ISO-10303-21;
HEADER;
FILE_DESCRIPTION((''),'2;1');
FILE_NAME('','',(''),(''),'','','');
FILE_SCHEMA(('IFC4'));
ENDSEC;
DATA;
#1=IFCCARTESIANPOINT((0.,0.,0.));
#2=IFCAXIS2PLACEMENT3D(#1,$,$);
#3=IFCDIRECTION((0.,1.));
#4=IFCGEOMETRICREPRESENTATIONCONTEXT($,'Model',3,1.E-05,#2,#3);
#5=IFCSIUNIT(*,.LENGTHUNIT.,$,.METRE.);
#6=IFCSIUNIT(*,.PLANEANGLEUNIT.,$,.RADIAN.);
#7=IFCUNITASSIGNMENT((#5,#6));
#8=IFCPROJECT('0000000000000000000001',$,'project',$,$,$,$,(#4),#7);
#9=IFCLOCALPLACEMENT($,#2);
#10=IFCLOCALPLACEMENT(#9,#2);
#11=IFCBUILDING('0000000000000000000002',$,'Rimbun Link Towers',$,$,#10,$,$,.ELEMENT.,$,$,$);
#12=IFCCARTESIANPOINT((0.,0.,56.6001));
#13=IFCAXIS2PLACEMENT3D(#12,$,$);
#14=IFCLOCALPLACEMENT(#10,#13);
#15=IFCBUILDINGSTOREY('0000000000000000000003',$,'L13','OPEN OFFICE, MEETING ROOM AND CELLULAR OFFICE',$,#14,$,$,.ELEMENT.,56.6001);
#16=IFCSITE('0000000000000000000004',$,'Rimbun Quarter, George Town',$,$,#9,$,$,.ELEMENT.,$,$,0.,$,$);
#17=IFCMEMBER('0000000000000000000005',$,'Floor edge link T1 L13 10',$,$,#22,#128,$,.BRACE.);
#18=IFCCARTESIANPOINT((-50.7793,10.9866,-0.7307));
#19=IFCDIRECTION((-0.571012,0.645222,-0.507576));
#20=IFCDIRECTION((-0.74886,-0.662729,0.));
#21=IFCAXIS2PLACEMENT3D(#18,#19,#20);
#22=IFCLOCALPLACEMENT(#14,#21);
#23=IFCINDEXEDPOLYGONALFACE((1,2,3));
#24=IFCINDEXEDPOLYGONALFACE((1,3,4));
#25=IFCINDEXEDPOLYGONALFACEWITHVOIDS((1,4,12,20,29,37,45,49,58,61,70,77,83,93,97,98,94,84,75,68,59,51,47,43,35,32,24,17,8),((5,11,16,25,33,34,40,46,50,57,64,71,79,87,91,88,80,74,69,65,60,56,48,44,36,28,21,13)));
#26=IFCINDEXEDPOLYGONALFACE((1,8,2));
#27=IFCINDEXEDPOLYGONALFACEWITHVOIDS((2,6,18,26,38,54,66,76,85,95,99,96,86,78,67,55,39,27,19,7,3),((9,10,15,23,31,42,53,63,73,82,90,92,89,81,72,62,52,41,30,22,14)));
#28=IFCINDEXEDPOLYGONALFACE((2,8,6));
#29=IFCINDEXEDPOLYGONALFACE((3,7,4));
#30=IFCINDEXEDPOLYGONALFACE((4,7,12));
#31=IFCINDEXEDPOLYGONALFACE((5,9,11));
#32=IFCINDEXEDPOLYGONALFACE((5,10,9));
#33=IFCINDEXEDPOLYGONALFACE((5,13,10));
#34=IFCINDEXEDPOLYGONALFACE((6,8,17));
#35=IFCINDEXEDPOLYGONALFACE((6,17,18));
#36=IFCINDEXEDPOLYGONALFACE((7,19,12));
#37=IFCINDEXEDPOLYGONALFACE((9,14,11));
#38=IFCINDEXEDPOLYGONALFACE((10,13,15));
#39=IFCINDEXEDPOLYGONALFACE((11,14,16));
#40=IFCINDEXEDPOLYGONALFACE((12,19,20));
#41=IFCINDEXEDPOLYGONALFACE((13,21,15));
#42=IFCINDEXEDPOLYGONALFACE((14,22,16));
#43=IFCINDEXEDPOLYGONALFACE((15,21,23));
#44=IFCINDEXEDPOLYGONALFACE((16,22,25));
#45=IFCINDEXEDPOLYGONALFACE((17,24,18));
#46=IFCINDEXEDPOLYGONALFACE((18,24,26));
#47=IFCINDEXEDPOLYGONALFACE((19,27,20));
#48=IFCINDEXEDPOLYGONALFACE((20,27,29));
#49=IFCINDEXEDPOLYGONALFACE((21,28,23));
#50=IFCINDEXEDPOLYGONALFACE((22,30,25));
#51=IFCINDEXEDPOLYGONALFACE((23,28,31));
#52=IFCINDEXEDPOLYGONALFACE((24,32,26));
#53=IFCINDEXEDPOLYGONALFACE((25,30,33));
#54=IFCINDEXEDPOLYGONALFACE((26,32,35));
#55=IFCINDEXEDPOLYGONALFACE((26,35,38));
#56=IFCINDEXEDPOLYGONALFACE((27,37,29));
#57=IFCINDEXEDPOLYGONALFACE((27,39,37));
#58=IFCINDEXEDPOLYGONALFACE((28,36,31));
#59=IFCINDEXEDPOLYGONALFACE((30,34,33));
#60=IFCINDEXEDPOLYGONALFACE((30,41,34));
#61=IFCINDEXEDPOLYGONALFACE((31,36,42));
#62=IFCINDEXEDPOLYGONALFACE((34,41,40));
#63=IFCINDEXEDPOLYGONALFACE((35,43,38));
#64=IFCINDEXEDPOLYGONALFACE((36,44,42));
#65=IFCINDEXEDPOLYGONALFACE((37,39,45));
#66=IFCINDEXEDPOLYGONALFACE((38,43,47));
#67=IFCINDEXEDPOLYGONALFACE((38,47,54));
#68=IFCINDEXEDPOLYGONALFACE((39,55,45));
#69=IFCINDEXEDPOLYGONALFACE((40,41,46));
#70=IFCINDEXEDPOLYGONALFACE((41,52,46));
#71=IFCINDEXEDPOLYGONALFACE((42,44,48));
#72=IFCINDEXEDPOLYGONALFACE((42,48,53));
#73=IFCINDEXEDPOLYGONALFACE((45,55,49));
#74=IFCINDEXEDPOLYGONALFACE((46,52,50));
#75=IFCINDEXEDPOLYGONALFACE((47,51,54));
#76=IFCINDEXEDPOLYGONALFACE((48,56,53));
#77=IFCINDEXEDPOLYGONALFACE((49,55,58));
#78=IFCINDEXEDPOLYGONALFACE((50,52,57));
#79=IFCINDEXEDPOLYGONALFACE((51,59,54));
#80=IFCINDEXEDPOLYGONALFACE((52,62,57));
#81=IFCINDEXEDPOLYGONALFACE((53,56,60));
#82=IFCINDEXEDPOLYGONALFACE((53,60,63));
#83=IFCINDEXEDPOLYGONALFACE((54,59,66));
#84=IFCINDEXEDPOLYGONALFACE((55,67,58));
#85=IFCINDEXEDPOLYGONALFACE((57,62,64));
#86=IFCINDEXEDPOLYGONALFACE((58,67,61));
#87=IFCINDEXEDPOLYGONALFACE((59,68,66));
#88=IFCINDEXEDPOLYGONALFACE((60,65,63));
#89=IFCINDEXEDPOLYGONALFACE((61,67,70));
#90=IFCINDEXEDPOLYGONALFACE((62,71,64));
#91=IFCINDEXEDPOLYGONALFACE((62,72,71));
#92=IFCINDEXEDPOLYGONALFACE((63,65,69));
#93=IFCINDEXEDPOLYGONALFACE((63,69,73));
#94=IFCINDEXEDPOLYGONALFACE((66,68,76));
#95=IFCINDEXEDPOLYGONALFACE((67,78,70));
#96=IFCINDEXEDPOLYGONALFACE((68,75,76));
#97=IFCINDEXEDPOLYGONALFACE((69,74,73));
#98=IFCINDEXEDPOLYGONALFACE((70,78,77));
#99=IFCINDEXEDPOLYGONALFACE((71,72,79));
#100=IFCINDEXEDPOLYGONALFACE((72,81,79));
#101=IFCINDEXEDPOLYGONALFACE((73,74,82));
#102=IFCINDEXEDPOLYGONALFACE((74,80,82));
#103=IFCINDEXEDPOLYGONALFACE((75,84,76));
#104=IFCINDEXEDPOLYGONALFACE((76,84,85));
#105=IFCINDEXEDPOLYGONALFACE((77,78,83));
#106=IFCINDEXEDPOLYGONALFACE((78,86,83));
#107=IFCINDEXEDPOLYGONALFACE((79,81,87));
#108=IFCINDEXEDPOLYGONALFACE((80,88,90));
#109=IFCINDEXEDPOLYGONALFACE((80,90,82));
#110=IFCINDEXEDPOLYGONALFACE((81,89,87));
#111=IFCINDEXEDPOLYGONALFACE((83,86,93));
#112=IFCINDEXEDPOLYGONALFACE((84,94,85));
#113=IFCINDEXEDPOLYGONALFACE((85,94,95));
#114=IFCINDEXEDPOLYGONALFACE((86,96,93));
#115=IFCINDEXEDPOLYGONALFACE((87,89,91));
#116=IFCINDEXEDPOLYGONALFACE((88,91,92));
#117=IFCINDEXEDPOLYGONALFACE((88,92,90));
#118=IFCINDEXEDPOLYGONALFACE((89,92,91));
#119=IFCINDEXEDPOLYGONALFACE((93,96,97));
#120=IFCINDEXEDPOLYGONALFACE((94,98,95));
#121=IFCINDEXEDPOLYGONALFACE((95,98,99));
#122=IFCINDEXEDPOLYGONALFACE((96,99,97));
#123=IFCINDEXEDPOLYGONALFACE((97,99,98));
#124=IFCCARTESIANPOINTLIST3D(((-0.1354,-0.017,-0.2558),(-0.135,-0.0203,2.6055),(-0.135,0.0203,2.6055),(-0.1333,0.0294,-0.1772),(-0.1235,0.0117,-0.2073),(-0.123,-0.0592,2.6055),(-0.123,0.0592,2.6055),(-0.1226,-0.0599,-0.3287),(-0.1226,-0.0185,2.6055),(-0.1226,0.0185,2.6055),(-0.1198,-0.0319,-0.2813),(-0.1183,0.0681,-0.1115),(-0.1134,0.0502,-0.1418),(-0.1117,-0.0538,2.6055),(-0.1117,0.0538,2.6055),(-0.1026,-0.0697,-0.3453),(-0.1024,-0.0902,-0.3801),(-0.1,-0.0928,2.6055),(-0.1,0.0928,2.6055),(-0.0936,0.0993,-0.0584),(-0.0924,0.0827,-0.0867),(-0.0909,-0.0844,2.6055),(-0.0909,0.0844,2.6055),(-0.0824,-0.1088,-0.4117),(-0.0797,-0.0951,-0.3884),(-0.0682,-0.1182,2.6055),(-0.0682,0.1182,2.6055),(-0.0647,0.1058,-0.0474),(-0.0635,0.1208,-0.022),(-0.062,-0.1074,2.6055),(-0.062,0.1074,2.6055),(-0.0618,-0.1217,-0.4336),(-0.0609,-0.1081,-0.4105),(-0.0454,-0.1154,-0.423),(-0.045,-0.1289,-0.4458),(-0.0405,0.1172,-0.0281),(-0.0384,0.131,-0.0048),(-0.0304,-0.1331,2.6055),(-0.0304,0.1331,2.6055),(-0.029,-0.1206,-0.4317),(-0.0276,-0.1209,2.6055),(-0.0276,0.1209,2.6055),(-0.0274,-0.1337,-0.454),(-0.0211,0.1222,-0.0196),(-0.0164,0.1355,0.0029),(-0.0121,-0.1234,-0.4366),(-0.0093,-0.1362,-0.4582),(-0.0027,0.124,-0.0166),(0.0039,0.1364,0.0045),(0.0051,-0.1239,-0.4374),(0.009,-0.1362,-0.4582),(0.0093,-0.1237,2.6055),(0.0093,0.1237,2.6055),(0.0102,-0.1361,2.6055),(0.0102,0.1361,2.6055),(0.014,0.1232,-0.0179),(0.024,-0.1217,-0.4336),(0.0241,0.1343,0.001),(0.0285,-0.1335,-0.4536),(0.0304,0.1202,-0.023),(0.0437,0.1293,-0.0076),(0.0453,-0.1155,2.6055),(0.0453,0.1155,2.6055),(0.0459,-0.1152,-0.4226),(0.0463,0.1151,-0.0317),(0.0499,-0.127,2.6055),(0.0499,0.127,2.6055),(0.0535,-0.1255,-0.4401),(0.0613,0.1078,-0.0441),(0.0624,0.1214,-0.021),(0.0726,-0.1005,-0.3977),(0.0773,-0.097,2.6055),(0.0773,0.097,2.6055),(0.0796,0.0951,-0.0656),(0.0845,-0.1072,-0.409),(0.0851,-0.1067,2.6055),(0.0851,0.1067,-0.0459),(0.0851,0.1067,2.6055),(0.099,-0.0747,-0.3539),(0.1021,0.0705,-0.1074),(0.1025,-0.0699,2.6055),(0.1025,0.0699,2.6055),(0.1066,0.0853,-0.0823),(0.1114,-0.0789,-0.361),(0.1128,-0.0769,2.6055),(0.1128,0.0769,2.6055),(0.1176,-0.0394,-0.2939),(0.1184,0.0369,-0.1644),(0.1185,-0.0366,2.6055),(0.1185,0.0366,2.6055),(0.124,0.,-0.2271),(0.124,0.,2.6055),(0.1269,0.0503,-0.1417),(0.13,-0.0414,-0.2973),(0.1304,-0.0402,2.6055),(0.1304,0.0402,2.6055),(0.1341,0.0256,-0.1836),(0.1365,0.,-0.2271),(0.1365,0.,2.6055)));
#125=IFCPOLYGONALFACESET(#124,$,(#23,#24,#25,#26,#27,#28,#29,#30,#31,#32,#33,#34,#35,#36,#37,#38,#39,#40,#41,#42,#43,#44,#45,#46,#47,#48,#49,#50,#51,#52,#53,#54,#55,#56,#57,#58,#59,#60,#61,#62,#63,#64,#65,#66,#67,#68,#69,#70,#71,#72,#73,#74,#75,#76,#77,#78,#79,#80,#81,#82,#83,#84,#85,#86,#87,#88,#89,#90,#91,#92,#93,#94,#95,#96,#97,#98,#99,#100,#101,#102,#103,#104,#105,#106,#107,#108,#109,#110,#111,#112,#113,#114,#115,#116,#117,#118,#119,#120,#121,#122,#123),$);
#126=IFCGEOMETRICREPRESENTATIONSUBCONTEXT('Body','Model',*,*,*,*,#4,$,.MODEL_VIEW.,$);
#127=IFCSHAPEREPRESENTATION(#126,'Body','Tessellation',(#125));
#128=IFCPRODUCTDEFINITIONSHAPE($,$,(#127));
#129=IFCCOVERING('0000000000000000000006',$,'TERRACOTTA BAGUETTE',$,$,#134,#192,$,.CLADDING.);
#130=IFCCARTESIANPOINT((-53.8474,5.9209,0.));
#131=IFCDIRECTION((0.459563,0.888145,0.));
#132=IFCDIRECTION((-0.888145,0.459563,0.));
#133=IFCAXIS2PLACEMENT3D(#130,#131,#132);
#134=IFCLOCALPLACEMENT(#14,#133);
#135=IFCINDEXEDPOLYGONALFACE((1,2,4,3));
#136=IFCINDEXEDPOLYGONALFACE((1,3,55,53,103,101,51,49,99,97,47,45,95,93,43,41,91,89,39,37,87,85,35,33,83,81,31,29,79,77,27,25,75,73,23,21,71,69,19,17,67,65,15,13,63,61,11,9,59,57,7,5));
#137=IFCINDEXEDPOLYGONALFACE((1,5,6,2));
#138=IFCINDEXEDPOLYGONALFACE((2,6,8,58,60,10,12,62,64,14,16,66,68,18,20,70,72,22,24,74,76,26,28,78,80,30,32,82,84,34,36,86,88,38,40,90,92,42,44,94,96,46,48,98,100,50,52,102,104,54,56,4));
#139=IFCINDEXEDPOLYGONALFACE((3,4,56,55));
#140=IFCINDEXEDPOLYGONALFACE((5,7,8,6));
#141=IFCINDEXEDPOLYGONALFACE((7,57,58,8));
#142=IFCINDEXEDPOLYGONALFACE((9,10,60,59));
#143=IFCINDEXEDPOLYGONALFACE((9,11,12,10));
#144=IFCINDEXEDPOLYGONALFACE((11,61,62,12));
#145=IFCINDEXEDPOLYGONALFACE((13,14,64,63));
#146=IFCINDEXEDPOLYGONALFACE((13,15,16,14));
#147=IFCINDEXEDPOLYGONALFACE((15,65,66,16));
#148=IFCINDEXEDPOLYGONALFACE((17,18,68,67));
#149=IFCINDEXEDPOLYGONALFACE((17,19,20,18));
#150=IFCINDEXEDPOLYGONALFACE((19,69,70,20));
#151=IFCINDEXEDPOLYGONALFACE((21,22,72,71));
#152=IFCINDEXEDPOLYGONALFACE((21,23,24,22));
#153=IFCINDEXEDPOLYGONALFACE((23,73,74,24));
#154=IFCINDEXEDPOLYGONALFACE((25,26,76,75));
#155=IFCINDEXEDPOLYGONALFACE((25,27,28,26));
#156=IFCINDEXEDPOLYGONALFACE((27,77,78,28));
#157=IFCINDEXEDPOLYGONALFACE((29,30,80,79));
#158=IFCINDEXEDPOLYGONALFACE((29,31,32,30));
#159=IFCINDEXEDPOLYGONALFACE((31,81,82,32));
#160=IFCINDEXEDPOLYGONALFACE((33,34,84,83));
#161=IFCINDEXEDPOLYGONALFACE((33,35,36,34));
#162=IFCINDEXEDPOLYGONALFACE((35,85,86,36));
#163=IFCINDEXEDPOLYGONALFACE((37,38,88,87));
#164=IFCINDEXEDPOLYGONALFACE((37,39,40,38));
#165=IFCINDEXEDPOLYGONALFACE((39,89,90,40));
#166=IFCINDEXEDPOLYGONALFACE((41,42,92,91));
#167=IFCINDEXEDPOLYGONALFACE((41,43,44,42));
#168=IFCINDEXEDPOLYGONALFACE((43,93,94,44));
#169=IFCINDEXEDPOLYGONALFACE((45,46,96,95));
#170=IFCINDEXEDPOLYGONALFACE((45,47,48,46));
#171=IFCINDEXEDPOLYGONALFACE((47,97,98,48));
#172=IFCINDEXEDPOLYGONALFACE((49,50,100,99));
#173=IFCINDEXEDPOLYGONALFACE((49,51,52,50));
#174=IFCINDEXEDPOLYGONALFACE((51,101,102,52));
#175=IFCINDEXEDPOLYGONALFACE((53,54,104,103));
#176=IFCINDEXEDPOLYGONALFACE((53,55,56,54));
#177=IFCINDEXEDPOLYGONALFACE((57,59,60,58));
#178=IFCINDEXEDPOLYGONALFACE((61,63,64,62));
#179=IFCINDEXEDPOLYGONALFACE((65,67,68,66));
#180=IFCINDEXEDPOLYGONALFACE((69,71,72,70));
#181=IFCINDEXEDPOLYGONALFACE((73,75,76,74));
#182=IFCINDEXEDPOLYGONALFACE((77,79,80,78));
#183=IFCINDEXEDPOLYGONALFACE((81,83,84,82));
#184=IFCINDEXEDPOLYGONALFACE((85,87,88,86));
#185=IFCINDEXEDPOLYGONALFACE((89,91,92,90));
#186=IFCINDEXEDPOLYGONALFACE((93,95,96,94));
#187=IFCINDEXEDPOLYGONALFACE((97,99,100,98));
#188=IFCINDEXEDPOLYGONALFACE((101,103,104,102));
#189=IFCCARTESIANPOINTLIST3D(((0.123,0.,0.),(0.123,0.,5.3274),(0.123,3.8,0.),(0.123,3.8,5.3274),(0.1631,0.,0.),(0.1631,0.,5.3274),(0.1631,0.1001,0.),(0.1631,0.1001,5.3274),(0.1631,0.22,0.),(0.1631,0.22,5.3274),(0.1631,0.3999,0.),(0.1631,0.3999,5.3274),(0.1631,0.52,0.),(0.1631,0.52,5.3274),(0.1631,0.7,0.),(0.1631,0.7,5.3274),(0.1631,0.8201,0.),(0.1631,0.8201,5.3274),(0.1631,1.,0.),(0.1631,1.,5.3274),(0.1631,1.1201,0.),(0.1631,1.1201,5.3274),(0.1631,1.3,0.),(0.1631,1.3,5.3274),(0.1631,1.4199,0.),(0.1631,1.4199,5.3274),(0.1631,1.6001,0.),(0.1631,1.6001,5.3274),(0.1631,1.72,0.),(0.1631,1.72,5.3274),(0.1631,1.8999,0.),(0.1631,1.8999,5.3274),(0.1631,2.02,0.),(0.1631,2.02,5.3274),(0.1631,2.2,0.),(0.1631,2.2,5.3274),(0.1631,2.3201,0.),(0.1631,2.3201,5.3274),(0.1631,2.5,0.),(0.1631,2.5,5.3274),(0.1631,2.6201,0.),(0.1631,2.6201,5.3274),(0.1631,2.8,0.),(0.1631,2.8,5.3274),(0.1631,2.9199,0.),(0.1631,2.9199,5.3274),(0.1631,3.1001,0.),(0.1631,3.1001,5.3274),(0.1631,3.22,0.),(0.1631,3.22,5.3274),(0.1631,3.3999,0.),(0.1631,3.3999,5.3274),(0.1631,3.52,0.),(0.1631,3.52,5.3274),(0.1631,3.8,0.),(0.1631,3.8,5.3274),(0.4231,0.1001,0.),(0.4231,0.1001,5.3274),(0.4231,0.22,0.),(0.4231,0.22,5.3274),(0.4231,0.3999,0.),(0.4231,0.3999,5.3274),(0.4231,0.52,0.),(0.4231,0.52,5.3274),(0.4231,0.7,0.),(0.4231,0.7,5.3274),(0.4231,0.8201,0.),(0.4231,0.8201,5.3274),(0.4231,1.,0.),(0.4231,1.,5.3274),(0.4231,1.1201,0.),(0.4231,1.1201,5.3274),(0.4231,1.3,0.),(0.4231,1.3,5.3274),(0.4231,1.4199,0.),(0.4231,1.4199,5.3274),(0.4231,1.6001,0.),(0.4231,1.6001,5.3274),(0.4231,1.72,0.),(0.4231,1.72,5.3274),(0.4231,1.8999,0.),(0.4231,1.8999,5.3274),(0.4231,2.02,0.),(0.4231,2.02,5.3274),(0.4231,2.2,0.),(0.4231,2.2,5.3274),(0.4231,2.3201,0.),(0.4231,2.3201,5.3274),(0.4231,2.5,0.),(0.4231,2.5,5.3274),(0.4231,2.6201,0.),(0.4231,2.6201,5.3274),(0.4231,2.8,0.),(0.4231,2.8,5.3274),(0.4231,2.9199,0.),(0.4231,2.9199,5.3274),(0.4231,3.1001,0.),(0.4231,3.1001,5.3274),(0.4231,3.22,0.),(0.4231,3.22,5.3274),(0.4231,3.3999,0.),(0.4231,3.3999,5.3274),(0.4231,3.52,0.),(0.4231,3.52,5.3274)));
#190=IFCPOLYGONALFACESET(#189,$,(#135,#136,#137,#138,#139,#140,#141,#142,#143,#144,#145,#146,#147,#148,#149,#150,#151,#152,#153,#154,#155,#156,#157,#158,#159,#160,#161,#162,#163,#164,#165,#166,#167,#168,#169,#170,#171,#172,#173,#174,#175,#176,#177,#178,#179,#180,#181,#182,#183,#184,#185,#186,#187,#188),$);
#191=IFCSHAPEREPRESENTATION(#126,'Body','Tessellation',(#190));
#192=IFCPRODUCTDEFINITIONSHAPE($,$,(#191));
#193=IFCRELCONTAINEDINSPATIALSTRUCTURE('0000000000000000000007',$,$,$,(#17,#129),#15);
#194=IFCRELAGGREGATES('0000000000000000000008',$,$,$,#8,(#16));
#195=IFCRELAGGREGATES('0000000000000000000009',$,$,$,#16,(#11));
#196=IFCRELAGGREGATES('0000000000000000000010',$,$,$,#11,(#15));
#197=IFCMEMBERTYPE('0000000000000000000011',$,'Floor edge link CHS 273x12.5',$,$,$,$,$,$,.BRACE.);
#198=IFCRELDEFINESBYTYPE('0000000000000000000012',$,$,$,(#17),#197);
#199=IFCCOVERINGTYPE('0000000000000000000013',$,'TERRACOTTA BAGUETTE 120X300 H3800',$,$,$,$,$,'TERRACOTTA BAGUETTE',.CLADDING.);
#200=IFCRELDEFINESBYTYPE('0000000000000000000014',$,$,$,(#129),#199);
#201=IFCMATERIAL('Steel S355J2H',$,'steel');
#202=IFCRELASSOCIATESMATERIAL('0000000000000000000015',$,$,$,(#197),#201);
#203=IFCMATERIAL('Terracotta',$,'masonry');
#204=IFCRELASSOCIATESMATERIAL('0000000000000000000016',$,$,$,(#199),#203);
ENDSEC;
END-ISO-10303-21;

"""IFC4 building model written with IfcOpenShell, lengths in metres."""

from ifc_helpers import new_model, si_unit, direction, frame, origin, origin_2d, place, context, subcontext, project, spatial, polyline, hollow_circle, outline, extrude, clip, halfspace, material, material_profile, profile_set, type_object, element, save


model = new_model("IFC4")

# Units and contexts
model_context = context("Model", 3, precision=1e-05, world=origin(), true_north=direction((0.0, 1.0)))
body_context = subcontext(model_context, "Body", "Model", "MODEL_VIEW")
ifc_project = project(units=[si_unit("LENGTHUNIT", "METRE"), si_unit("PLANEANGLEUNIT", "RADIAN")], contexts=[model_context])

# Site, building, storey
site_placement = place(None, origin())
site = spatial("IfcSite", under=ifc_project, at=site_placement, Name="Rimbun Quarter, George Town", CompositionType="ELEMENT", RefElevation=0.0)
building_placement = place(site_placement, origin())
building = spatial("IfcBuilding", under=site, at=building_placement, Name="Rimbun Link Towers", CompositionType="ELEMENT")
storey_placement = place(building_placement, frame((0.0, 0.0, 56.6001)))
storey = spatial("IfcBuildingStorey", under=building, at=storey_placement, Name="L13", Description="OPEN OFFICE, MEETING ROOM AND CELLULAR OFFICE", CompositionType="ELEMENT", Elevation=56.6001)

# Member
ifc_material_1 = material(Name="Steel S355J2H", Category="steel")
ifc_material_profile_1 = material_profile(ifc_material_1, hollow_circle(Radius=0.1365, WallThickness=0.0125, at=origin_2d()), Name="CHS 273x12.5")
ifc_profile_set_1 = profile_set([ifc_material_profile_1], Name="Steel S355J2H")
member_type_1 = type_object("IfcMemberType", Name="Floor edge link CHS 273x12.5", PredefinedType="BRACE", material=ifc_profile_set_1)
member_1_placement = place(storey_placement, frame((-50.7793, 10.9866, -0.7307), z_axis=(-0.571012, 0.645222, -0.507576), x_axis=(-0.74886, -0.662729, 0.0)))
element("IfcMember", 1, at=member_1_placement, inside=storey, type_object=member_type_1, Name="Floor edge link T1 L13 10", PredefinedType="BRACE", context=body_context, shape_type="Clipping", body=[
    clip(extrude(hollow_circle(Radius=0.1365, WallThickness=0.0125, at=origin_2d()), frame((0.0, 0.0, -0.4832)), (0.0, 0.0, 1.0), 3.0886), halfspace(frame((0.0, 0.0, -0.2271), z_axis=(0.0, 0.861607, -0.507576)), False)),
])

# Covering
ifc_material_2 = material(Name="Terracotta", Category="masonry")
ifc_material_profile_2 = material_profile(ifc_material_2, outline(polyline([(0.123, 0.0), (0.1631, 0.0), (0.1631, 0.1001), (0.4231, 0.1001), (0.4231, 0.22), (0.1631, 0.22), (0.1631, 0.3999), (0.4231, 0.3999), (0.4231, 0.52), (0.1631, 0.52), (0.1631, 0.7), (0.4231, 0.7), (0.4231, 0.8201), (0.1631, 0.8201), (0.1631, 1.0), (0.4231, 1.0), (0.4231, 1.1201), (0.1631, 1.1201), (0.1631, 1.3), (0.4231, 1.3), (0.4231, 1.4199), (0.1631, 1.4199), (0.1631, 1.6001), (0.4231, 1.6001), (0.4231, 1.72), (0.1631, 1.72), (0.1631, 1.8999), (0.4231, 1.8999), (0.4231, 2.02), (0.1631, 2.02), (0.1631, 2.2), (0.4231, 2.2), (0.4231, 2.3201), (0.1631, 2.3201), (0.1631, 2.5), (0.4231, 2.5), (0.4231, 2.6201), (0.1631, 2.6201), (0.1631, 2.8), (0.4231, 2.8), (0.4231, 2.9199), (0.1631, 2.9199), (0.1631, 3.1001), (0.4231, 3.1001), (0.4231, 3.22), (0.1631, 3.22), (0.1631, 3.3999), (0.4231, 3.3999), (0.4231, 3.52), (0.1631, 3.52), (0.1631, 3.8), (0.123, 3.8), (0.123, 0.0)])), Name="BAGUETTE 120X300")
ifc_profile_set_2 = profile_set([ifc_material_profile_2], Name="Terracotta")
covering_type = type_object("IfcCoveringType", Name="TERRACOTTA BAGUETTE 120X300 H3800", ElementType="TERRACOTTA BAGUETTE", PredefinedType="CLADDING", material=ifc_profile_set_2)
covering_placement = place(storey_placement, frame((-53.8474, 5.9209, 0.0), z_axis=(0.459563, 0.888145, 0.0), x_axis=(-0.888145, 0.459563, 0.0)))
element("IfcCovering", 2, at=covering_placement, inside=storey, type_object=covering_type, Name="TERRACOTTA BAGUETTE", PredefinedType="CLADDING", context=body_context, shape_type="SweptSolid", body=[
    extrude(outline(polyline([(0.123, 0.0), (0.1631, 0.0), (0.1631, 0.1001), (0.4231, 0.1001), (0.4231, 0.22), (0.1631, 0.22), (0.1631, 0.3999), (0.4231, 0.3999), (0.4231, 0.52), (0.1631, 0.52), (0.1631, 0.7), (0.4231, 0.7), (0.4231, 0.8201), (0.1631, 0.8201), (0.1631, 1.0), (0.4231, 1.0), (0.4231, 1.1201), (0.1631, 1.1201), (0.1631, 1.3), (0.4231, 1.3), (0.4231, 1.4199), (0.1631, 1.4199), (0.1631, 1.6001), (0.4231, 1.6001), (0.4231, 1.72), (0.1631, 1.72), (0.1631, 1.8999), (0.4231, 1.8999), (0.4231, 2.02), (0.1631, 2.02), (0.1631, 2.2), (0.4231, 2.2), (0.4231, 2.3201), (0.1631, 2.3201), (0.1631, 2.5), (0.4231, 2.5), (0.4231, 2.6201), (0.1631, 2.6201), (0.1631, 2.8), (0.4231, 2.8), (0.4231, 2.9199), (0.1631, 2.9199), (0.1631, 3.1001), (0.4231, 3.1001), (0.4231, 3.22), (0.1631, 3.22), (0.1631, 3.3999), (0.4231, 3.3999), (0.4231, 3.52), (0.1631, 3.52), (0.1631, 3.8), (0.123, 3.8), (0.123, 0.0)])), origin(), (0.0, 0.0, 1.0), 5.3274),
])

save(model, "model.ifc")
